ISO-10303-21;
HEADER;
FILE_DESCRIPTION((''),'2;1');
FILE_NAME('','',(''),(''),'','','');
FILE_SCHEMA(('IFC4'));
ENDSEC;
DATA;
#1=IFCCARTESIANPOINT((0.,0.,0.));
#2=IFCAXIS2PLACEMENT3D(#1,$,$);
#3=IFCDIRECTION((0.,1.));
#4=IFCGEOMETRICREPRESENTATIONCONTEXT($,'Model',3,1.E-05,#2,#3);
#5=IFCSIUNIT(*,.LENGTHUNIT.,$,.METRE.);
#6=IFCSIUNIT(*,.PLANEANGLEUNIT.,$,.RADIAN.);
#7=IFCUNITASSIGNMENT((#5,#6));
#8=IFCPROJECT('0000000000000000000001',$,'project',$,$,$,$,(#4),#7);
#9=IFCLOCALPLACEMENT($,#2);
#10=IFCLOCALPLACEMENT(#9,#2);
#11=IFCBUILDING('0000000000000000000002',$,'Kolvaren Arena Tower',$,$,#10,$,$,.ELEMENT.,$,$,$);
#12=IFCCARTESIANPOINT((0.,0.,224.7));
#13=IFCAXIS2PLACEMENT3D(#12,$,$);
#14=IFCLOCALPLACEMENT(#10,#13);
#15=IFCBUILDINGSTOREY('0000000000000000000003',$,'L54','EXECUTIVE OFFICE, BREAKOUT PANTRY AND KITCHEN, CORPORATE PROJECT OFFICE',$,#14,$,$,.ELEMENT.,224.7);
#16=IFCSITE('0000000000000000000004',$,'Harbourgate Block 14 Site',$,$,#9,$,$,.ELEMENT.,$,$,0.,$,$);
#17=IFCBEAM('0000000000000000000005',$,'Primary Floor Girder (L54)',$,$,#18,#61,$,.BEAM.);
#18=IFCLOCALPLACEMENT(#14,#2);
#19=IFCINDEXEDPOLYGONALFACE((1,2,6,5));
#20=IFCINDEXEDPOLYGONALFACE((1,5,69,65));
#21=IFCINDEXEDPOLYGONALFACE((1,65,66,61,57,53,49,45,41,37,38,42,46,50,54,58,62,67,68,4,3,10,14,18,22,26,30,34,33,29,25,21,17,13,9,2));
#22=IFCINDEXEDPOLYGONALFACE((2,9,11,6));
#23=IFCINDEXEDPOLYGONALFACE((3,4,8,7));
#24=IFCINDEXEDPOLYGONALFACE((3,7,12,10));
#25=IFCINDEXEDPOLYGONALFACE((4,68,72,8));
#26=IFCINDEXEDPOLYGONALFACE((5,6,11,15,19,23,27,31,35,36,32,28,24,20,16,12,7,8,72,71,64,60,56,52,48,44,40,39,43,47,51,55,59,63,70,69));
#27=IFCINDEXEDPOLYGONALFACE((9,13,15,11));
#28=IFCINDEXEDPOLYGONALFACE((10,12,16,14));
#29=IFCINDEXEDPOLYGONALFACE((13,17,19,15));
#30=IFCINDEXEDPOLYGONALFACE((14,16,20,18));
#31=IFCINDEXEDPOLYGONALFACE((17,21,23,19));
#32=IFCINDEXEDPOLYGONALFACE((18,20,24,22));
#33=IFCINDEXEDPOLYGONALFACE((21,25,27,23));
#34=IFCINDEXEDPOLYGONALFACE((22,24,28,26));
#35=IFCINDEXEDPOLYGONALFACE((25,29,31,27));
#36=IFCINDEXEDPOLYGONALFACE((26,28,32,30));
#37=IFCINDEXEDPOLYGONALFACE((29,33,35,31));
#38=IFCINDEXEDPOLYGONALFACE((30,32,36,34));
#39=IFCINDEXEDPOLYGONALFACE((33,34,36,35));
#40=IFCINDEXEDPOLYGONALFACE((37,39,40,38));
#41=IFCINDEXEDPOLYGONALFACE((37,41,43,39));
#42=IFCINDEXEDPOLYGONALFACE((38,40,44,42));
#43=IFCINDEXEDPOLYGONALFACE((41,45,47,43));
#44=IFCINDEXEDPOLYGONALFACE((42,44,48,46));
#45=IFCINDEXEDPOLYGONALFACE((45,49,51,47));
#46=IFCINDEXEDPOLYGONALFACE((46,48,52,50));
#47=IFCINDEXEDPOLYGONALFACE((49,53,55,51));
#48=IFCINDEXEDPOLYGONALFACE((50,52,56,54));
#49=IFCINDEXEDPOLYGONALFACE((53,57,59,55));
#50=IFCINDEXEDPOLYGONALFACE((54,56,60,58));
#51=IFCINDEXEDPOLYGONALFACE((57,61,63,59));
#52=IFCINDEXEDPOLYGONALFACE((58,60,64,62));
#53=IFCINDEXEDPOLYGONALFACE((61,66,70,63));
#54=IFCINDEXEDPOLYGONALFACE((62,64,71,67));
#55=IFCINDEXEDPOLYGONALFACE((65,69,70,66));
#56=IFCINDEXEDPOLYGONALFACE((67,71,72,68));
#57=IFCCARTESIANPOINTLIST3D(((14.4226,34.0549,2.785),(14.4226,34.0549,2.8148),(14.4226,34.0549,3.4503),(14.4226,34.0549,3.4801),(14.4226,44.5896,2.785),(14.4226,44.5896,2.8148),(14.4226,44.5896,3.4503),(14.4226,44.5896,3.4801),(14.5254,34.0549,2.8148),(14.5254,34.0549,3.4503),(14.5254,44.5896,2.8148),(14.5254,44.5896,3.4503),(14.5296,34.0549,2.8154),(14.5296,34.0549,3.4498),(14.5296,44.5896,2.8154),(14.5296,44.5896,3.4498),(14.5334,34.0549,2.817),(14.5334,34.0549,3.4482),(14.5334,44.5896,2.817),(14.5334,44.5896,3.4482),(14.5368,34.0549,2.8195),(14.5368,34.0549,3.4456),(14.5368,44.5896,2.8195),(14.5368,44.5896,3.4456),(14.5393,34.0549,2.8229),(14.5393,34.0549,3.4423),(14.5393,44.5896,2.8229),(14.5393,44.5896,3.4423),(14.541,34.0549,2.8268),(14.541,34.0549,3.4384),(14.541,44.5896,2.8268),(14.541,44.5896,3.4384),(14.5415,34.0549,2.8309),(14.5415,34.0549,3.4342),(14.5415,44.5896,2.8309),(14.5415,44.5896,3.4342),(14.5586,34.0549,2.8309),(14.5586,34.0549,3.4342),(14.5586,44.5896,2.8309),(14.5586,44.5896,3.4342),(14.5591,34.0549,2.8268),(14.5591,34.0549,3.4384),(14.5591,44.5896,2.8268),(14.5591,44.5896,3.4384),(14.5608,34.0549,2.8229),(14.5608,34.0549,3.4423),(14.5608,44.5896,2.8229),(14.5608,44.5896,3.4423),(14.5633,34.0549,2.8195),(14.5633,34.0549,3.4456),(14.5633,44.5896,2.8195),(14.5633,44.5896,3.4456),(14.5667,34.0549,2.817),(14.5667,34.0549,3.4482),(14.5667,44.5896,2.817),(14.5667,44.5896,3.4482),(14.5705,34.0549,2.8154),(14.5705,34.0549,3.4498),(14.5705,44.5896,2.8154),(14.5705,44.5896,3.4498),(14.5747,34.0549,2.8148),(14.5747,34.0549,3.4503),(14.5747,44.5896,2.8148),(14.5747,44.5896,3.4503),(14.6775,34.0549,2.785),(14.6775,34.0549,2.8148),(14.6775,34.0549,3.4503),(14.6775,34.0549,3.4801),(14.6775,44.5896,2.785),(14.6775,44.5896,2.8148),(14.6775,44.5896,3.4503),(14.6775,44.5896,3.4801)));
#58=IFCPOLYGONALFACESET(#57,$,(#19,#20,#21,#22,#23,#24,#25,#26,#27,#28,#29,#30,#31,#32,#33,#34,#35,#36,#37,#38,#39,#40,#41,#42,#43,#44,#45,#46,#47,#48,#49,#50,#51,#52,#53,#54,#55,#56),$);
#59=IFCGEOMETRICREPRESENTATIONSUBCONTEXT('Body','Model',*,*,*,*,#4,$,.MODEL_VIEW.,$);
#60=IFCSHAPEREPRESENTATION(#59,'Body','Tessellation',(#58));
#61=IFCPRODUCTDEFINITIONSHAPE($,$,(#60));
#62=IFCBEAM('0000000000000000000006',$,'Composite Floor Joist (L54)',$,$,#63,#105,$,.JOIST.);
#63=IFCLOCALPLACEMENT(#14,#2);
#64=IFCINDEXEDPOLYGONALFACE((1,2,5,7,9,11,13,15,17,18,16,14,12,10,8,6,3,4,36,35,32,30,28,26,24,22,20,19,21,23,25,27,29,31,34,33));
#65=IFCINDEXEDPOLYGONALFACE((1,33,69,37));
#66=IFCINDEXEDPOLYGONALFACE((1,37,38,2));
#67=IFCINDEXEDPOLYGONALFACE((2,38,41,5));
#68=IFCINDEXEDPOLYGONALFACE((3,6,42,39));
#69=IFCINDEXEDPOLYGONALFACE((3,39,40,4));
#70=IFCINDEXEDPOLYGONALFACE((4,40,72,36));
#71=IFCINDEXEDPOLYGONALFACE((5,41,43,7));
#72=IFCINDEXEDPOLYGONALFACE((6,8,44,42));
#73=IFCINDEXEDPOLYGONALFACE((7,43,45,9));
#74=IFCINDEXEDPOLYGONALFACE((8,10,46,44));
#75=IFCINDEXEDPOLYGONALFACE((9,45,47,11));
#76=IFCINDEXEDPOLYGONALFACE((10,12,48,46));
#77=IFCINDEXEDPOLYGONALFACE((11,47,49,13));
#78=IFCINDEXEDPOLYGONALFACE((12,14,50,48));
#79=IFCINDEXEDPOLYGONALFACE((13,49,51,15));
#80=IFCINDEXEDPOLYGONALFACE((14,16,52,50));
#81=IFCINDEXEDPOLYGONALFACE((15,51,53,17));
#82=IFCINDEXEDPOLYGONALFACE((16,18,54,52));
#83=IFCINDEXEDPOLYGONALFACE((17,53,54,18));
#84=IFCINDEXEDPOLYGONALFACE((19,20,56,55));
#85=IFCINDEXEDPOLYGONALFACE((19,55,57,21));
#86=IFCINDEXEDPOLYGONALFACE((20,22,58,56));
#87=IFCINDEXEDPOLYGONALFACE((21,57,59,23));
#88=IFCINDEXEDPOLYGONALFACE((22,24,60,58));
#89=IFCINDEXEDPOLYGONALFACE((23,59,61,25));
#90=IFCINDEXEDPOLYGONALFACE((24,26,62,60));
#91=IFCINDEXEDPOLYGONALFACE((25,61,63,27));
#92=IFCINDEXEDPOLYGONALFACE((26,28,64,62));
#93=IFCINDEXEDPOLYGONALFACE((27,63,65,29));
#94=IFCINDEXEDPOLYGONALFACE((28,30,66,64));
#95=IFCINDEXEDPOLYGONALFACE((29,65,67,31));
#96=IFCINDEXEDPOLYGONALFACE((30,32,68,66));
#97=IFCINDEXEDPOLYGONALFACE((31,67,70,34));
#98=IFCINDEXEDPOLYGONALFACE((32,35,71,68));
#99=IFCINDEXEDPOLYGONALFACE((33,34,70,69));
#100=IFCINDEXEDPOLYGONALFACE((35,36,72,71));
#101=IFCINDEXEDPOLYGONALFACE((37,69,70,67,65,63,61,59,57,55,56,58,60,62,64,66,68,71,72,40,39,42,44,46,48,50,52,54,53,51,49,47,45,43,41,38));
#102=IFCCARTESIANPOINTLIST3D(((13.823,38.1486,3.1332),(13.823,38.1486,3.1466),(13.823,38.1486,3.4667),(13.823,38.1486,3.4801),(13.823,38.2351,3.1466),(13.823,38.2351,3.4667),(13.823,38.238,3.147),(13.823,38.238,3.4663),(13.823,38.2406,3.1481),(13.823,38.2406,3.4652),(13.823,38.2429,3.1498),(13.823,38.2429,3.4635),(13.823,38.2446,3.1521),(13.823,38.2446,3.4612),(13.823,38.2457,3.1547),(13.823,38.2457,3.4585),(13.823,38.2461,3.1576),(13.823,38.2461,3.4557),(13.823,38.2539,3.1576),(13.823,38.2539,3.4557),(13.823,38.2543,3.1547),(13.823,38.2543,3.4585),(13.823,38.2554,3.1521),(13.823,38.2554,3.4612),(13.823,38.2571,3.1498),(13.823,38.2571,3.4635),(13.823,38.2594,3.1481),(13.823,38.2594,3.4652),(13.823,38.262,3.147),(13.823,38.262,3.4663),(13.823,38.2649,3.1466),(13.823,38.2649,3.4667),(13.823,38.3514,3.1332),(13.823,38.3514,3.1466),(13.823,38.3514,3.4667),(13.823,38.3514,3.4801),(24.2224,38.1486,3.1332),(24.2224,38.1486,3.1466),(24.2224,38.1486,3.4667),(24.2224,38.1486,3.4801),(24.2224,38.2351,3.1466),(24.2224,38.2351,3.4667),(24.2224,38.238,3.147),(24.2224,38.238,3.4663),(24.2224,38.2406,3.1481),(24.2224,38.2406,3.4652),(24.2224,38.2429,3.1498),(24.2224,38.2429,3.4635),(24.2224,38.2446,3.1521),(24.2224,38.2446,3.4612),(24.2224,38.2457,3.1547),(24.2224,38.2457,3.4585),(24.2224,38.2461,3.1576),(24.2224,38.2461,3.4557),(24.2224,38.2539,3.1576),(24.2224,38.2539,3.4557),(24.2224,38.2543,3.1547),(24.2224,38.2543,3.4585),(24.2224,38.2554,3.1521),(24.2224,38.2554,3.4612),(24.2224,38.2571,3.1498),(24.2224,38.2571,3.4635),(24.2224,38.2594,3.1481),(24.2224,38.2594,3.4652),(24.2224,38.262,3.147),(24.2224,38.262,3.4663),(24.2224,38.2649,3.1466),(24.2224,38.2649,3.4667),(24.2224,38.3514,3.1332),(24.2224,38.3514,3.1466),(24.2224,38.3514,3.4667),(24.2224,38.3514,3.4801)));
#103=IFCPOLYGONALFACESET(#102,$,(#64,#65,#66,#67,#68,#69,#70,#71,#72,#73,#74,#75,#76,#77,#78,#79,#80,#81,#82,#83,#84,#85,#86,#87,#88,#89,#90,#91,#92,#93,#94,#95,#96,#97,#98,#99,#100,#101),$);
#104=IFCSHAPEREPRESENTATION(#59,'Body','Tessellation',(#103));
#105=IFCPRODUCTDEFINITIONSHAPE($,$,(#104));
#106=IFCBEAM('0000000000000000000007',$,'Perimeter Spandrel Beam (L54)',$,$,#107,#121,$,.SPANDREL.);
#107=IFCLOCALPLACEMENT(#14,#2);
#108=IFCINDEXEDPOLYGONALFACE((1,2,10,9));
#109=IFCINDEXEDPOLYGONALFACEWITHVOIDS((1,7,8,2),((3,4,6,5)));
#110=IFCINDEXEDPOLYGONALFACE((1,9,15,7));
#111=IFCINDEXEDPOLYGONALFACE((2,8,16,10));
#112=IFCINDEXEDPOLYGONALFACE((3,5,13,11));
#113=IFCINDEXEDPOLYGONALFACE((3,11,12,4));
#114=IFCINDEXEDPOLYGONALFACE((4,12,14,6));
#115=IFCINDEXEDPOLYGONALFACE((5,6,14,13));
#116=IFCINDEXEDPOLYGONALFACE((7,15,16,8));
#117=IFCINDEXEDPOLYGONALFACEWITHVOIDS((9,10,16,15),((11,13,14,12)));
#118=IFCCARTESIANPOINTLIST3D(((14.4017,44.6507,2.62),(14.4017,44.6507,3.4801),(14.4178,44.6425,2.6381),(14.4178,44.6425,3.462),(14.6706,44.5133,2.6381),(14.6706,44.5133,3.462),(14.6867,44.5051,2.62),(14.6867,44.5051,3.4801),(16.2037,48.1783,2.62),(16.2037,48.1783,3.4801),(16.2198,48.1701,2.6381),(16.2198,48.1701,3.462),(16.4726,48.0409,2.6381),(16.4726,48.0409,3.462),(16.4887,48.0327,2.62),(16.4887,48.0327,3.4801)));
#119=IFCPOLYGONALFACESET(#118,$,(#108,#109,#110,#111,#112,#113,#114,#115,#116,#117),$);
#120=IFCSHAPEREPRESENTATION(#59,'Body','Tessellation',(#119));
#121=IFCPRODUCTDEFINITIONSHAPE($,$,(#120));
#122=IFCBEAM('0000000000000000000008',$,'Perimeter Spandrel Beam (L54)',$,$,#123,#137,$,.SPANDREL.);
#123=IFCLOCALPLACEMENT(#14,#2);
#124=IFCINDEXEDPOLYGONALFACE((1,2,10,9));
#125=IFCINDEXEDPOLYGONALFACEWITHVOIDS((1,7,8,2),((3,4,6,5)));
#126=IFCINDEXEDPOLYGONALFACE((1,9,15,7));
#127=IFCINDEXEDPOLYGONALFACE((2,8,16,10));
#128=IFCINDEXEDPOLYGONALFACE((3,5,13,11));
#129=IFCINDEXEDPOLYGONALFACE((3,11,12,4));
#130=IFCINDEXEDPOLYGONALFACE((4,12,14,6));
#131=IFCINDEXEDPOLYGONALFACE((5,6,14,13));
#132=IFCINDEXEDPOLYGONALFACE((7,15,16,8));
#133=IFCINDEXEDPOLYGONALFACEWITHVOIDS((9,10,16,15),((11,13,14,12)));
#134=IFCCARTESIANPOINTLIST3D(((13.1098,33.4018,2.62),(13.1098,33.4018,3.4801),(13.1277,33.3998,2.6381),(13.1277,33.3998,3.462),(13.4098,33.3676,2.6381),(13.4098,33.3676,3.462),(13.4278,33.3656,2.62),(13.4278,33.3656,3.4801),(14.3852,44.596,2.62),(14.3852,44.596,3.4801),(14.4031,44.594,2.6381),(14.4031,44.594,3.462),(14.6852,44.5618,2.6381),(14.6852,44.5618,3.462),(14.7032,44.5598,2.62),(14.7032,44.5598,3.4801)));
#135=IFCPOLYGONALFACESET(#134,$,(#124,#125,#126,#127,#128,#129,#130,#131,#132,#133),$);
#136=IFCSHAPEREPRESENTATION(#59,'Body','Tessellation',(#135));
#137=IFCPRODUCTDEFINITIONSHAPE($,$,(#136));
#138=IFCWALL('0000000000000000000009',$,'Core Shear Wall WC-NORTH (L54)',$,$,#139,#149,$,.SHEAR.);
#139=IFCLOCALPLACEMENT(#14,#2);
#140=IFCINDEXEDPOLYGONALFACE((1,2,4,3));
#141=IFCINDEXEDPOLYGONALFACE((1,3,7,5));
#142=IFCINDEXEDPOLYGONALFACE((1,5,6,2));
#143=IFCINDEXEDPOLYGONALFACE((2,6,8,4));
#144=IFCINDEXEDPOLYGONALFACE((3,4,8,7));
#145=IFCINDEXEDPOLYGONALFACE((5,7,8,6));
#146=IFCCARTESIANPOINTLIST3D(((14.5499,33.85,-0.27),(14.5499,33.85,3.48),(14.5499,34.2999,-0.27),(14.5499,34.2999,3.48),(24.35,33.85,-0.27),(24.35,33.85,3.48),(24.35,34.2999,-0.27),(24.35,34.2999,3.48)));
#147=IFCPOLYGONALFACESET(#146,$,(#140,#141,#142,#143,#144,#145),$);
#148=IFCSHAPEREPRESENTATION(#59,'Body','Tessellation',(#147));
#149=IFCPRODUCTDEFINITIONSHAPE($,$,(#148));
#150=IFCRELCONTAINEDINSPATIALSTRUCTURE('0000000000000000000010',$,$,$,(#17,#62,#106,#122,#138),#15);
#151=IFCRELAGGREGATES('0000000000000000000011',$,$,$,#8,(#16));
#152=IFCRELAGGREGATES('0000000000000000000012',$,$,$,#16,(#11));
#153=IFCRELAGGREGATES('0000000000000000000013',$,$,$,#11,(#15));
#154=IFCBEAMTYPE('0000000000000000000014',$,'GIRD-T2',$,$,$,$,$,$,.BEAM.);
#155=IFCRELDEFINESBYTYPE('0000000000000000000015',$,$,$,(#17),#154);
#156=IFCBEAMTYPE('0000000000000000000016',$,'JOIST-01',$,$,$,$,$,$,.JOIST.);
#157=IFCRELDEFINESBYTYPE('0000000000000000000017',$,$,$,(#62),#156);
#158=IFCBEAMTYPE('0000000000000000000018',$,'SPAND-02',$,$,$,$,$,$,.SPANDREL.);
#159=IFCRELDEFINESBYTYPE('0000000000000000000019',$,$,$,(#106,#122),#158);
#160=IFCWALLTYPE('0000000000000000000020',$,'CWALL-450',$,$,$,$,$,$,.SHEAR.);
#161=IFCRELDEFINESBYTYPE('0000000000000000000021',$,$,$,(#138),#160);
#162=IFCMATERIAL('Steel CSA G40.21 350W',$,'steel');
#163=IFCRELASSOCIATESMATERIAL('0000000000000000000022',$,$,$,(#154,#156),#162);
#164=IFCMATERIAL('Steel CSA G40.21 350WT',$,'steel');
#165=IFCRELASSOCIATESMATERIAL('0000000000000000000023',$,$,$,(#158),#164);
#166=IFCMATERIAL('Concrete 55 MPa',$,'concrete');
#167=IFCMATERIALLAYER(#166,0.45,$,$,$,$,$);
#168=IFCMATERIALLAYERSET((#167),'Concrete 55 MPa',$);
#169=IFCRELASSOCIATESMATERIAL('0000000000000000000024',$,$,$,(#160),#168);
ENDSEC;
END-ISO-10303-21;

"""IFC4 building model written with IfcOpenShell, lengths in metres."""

from ifc_helpers import new_model, si_unit, direction, frame, frame_2d, origin, origin_2d, place, context, subcontext, project, spatial, rectangle, hollow_rectangle, i_section, extrude, material, layer, layer_set, material_profile, profile_set, type_object, element, save


model = new_model("IFC4")

# Units and contexts
model_context = context("Model", 3, precision=1e-05, world=origin(), true_north=direction((0.0, 1.0)))
body_context = subcontext(model_context, "Body", "Model", "MODEL_VIEW")
ifc_project = project(units=[si_unit("LENGTHUNIT", "METRE"), si_unit("PLANEANGLEUNIT", "RADIAN")], contexts=[model_context])

# Site, building, storey
site_placement = place(None, origin())
site = spatial("IfcSite", under=ifc_project, at=site_placement, Name="Harbourgate Block 14 Site", CompositionType="ELEMENT", RefElevation=0.0)
building_placement = place(site_placement, origin())
building = spatial("IfcBuilding", under=site, at=building_placement, Name="Kolvaren Arena Tower", CompositionType="ELEMENT")
storey_placement = place(building_placement, frame((0.0, 0.0, 224.7)))
storey = spatial("IfcBuildingStorey", under=building, at=storey_placement, Name="L54", Description="EXECUTIVE OFFICE, BREAKOUT PANTRY AND KITCHEN, CORPORATE PROJECT OFFICE", CompositionType="ELEMENT", Elevation=224.7)

# Beams
ifc_material_1 = material(Name="Steel CSA G40.21 350W", Category="steel")
ifc_material_profile_1 = material_profile(ifc_material_1, i_section(OverallWidth=0.2549, OverallDepth=0.6951, WebThickness=0.0171, FlangeThickness=0.0298, FilletRadius=0.0161, at=origin_2d()), Name="W690x217")
ifc_profile_set_1 = profile_set([ifc_material_profile_1], Name="Steel CSA G40.21 350W")
beam_type_1 = type_object("IfcBeamType", Name="GIRD-T2", PredefinedType="BEAM", material=ifc_profile_set_1)
beam_1_placement = place(storey_placement, frame((14.55, 34.0549, 3.1326), z_axis=(0.0, 1.0, 0.0), x_axis=(-1.0, 0.0, 0.0)))
element("IfcBeam", 1, at=beam_1_placement, inside=storey, type_object=beam_type_1, Name="Primary Floor Girder (L54)", PredefinedType="BEAM", context=body_context, shape_type="SweptSolid", body=[
    extrude(i_section(OverallWidth=0.2549, OverallDepth=0.6951, WebThickness=0.0171, FlangeThickness=0.0298, FilletRadius=0.0161, at=origin_2d()), origin(), (0.0, 0.0, 1.0), 10.5347),
])
ifc_material_profile_2 = material_profile(ifc_material_1, i_section(OverallWidth=0.2029, OverallDepth=0.3469, WebThickness=0.0078, FlangeThickness=0.0134, FilletRadius=0.011, at=origin_2d()), Name="W360x64")
ifc_profile_set_2 = profile_set([ifc_material_profile_2], Name="Steel CSA G40.21 350W")
beam_type_2 = type_object("IfcBeamType", Name="JOIST-01", PredefinedType="JOIST", material=ifc_profile_set_2)
beam_2_placement = place(storey_placement, frame((13.823, 38.25, 3.3066), z_axis=(1.0, 0.0, 0.0), x_axis=(0.0, 1.0, 0.0)))
element("IfcBeam", 2, at=beam_2_placement, inside=storey, type_object=beam_type_2, Name="Composite Floor Joist (L54)", PredefinedType="JOIST", context=body_context, shape_type="SweptSolid", body=[
    extrude(i_section(OverallWidth=0.2029, OverallDepth=0.3469, WebThickness=0.0078, FlangeThickness=0.0134, FilletRadius=0.011, at=origin_2d()), origin(), (0.0, 0.0, 1.0), 10.3994),
])
ifc_material_2 = material(Name="Steel CSA G40.21 350WT", Category="steel")
ifc_material_profile_3 = material_profile(ifc_material_2, hollow_rectangle(XDim=0.3201, YDim=0.8601, WallThickness=0.0181, at=origin_2d()), Name="HSS 860x320x18")
ifc_profile_set_3 = profile_set([ifc_material_profile_3], Name="Steel CSA G40.21 350WT")
beam_type_3 = type_object("IfcBeamType", Name="SPAND-02", PredefinedType="SPANDREL", material=ifc_profile_set_3)
beam_3_placement = place(storey_placement, frame((16.3462, 48.1055, 3.05), z_axis=(-0.454913, -0.890536, 0.0), x_axis=(0.890536, -0.454913, 0.0)))
element("IfcBeam", 3, at=beam_3_placement, inside=storey, type_object=beam_type_3, Name="Perimeter Spandrel Beam (L54)", PredefinedType="SPANDREL", context=body_context, shape_type="SweptSolid", body=[
    extrude(hollow_rectangle(XDim=0.3201, YDim=0.8601, WallThickness=0.0181, at=origin_2d()), origin(), (0.0, 0.0, 1.0), 3.9612),
])
beam_4_placement = place(storey_placement, frame((14.5442, 44.5779, 3.05), z_axis=(-0.113202, -0.993572, 0.0), x_axis=(0.993572, -0.113202, 0.0)))
element("IfcBeam", 4, at=beam_4_placement, inside=storey, type_object=beam_type_3, Name="Perimeter Spandrel Beam (L54)", PredefinedType="SPANDREL", context=body_context, shape_type="SweptSolid", body=[
    extrude(hollow_rectangle(XDim=0.3201, YDim=0.8601, WallThickness=0.0181, at=origin_2d()), origin(), (0.0, 0.0, 1.0), 11.2666),
])

# Wall
ifc_material_3 = material(Name="Concrete 55 MPa", Category="concrete")
ifc_layer_1 = layer(ifc_material_3, 0.45)
ifc_layer_set_1 = layer_set([ifc_layer_1], Name="Concrete 55 MPa")
wall_type_1 = type_object("IfcWallType", Name="CWALL-450", PredefinedType="SHEAR", material=ifc_layer_set_1)
wall_1_placement = place(storey_placement, frame((14.55, 34.075, -0.27), z_axis=(0.0, 0.0, 1.0), x_axis=(1.0, 0.0, 0.0)))
element("IfcWall", 5, at=wall_1_placement, inside=storey, type_object=wall_type_1, Name="Core Shear Wall WC-NORTH (L54)", PredefinedType="SHEAR", context=body_context, shape_type="SweptSolid", body=[
    extrude(rectangle(XDim=9.8, YDim=0.45, at=frame_2d((4.8999, 0.0))), origin(), (0.0, 0.0, 1.0), 3.75),
])

save(model, "model.ifc")
